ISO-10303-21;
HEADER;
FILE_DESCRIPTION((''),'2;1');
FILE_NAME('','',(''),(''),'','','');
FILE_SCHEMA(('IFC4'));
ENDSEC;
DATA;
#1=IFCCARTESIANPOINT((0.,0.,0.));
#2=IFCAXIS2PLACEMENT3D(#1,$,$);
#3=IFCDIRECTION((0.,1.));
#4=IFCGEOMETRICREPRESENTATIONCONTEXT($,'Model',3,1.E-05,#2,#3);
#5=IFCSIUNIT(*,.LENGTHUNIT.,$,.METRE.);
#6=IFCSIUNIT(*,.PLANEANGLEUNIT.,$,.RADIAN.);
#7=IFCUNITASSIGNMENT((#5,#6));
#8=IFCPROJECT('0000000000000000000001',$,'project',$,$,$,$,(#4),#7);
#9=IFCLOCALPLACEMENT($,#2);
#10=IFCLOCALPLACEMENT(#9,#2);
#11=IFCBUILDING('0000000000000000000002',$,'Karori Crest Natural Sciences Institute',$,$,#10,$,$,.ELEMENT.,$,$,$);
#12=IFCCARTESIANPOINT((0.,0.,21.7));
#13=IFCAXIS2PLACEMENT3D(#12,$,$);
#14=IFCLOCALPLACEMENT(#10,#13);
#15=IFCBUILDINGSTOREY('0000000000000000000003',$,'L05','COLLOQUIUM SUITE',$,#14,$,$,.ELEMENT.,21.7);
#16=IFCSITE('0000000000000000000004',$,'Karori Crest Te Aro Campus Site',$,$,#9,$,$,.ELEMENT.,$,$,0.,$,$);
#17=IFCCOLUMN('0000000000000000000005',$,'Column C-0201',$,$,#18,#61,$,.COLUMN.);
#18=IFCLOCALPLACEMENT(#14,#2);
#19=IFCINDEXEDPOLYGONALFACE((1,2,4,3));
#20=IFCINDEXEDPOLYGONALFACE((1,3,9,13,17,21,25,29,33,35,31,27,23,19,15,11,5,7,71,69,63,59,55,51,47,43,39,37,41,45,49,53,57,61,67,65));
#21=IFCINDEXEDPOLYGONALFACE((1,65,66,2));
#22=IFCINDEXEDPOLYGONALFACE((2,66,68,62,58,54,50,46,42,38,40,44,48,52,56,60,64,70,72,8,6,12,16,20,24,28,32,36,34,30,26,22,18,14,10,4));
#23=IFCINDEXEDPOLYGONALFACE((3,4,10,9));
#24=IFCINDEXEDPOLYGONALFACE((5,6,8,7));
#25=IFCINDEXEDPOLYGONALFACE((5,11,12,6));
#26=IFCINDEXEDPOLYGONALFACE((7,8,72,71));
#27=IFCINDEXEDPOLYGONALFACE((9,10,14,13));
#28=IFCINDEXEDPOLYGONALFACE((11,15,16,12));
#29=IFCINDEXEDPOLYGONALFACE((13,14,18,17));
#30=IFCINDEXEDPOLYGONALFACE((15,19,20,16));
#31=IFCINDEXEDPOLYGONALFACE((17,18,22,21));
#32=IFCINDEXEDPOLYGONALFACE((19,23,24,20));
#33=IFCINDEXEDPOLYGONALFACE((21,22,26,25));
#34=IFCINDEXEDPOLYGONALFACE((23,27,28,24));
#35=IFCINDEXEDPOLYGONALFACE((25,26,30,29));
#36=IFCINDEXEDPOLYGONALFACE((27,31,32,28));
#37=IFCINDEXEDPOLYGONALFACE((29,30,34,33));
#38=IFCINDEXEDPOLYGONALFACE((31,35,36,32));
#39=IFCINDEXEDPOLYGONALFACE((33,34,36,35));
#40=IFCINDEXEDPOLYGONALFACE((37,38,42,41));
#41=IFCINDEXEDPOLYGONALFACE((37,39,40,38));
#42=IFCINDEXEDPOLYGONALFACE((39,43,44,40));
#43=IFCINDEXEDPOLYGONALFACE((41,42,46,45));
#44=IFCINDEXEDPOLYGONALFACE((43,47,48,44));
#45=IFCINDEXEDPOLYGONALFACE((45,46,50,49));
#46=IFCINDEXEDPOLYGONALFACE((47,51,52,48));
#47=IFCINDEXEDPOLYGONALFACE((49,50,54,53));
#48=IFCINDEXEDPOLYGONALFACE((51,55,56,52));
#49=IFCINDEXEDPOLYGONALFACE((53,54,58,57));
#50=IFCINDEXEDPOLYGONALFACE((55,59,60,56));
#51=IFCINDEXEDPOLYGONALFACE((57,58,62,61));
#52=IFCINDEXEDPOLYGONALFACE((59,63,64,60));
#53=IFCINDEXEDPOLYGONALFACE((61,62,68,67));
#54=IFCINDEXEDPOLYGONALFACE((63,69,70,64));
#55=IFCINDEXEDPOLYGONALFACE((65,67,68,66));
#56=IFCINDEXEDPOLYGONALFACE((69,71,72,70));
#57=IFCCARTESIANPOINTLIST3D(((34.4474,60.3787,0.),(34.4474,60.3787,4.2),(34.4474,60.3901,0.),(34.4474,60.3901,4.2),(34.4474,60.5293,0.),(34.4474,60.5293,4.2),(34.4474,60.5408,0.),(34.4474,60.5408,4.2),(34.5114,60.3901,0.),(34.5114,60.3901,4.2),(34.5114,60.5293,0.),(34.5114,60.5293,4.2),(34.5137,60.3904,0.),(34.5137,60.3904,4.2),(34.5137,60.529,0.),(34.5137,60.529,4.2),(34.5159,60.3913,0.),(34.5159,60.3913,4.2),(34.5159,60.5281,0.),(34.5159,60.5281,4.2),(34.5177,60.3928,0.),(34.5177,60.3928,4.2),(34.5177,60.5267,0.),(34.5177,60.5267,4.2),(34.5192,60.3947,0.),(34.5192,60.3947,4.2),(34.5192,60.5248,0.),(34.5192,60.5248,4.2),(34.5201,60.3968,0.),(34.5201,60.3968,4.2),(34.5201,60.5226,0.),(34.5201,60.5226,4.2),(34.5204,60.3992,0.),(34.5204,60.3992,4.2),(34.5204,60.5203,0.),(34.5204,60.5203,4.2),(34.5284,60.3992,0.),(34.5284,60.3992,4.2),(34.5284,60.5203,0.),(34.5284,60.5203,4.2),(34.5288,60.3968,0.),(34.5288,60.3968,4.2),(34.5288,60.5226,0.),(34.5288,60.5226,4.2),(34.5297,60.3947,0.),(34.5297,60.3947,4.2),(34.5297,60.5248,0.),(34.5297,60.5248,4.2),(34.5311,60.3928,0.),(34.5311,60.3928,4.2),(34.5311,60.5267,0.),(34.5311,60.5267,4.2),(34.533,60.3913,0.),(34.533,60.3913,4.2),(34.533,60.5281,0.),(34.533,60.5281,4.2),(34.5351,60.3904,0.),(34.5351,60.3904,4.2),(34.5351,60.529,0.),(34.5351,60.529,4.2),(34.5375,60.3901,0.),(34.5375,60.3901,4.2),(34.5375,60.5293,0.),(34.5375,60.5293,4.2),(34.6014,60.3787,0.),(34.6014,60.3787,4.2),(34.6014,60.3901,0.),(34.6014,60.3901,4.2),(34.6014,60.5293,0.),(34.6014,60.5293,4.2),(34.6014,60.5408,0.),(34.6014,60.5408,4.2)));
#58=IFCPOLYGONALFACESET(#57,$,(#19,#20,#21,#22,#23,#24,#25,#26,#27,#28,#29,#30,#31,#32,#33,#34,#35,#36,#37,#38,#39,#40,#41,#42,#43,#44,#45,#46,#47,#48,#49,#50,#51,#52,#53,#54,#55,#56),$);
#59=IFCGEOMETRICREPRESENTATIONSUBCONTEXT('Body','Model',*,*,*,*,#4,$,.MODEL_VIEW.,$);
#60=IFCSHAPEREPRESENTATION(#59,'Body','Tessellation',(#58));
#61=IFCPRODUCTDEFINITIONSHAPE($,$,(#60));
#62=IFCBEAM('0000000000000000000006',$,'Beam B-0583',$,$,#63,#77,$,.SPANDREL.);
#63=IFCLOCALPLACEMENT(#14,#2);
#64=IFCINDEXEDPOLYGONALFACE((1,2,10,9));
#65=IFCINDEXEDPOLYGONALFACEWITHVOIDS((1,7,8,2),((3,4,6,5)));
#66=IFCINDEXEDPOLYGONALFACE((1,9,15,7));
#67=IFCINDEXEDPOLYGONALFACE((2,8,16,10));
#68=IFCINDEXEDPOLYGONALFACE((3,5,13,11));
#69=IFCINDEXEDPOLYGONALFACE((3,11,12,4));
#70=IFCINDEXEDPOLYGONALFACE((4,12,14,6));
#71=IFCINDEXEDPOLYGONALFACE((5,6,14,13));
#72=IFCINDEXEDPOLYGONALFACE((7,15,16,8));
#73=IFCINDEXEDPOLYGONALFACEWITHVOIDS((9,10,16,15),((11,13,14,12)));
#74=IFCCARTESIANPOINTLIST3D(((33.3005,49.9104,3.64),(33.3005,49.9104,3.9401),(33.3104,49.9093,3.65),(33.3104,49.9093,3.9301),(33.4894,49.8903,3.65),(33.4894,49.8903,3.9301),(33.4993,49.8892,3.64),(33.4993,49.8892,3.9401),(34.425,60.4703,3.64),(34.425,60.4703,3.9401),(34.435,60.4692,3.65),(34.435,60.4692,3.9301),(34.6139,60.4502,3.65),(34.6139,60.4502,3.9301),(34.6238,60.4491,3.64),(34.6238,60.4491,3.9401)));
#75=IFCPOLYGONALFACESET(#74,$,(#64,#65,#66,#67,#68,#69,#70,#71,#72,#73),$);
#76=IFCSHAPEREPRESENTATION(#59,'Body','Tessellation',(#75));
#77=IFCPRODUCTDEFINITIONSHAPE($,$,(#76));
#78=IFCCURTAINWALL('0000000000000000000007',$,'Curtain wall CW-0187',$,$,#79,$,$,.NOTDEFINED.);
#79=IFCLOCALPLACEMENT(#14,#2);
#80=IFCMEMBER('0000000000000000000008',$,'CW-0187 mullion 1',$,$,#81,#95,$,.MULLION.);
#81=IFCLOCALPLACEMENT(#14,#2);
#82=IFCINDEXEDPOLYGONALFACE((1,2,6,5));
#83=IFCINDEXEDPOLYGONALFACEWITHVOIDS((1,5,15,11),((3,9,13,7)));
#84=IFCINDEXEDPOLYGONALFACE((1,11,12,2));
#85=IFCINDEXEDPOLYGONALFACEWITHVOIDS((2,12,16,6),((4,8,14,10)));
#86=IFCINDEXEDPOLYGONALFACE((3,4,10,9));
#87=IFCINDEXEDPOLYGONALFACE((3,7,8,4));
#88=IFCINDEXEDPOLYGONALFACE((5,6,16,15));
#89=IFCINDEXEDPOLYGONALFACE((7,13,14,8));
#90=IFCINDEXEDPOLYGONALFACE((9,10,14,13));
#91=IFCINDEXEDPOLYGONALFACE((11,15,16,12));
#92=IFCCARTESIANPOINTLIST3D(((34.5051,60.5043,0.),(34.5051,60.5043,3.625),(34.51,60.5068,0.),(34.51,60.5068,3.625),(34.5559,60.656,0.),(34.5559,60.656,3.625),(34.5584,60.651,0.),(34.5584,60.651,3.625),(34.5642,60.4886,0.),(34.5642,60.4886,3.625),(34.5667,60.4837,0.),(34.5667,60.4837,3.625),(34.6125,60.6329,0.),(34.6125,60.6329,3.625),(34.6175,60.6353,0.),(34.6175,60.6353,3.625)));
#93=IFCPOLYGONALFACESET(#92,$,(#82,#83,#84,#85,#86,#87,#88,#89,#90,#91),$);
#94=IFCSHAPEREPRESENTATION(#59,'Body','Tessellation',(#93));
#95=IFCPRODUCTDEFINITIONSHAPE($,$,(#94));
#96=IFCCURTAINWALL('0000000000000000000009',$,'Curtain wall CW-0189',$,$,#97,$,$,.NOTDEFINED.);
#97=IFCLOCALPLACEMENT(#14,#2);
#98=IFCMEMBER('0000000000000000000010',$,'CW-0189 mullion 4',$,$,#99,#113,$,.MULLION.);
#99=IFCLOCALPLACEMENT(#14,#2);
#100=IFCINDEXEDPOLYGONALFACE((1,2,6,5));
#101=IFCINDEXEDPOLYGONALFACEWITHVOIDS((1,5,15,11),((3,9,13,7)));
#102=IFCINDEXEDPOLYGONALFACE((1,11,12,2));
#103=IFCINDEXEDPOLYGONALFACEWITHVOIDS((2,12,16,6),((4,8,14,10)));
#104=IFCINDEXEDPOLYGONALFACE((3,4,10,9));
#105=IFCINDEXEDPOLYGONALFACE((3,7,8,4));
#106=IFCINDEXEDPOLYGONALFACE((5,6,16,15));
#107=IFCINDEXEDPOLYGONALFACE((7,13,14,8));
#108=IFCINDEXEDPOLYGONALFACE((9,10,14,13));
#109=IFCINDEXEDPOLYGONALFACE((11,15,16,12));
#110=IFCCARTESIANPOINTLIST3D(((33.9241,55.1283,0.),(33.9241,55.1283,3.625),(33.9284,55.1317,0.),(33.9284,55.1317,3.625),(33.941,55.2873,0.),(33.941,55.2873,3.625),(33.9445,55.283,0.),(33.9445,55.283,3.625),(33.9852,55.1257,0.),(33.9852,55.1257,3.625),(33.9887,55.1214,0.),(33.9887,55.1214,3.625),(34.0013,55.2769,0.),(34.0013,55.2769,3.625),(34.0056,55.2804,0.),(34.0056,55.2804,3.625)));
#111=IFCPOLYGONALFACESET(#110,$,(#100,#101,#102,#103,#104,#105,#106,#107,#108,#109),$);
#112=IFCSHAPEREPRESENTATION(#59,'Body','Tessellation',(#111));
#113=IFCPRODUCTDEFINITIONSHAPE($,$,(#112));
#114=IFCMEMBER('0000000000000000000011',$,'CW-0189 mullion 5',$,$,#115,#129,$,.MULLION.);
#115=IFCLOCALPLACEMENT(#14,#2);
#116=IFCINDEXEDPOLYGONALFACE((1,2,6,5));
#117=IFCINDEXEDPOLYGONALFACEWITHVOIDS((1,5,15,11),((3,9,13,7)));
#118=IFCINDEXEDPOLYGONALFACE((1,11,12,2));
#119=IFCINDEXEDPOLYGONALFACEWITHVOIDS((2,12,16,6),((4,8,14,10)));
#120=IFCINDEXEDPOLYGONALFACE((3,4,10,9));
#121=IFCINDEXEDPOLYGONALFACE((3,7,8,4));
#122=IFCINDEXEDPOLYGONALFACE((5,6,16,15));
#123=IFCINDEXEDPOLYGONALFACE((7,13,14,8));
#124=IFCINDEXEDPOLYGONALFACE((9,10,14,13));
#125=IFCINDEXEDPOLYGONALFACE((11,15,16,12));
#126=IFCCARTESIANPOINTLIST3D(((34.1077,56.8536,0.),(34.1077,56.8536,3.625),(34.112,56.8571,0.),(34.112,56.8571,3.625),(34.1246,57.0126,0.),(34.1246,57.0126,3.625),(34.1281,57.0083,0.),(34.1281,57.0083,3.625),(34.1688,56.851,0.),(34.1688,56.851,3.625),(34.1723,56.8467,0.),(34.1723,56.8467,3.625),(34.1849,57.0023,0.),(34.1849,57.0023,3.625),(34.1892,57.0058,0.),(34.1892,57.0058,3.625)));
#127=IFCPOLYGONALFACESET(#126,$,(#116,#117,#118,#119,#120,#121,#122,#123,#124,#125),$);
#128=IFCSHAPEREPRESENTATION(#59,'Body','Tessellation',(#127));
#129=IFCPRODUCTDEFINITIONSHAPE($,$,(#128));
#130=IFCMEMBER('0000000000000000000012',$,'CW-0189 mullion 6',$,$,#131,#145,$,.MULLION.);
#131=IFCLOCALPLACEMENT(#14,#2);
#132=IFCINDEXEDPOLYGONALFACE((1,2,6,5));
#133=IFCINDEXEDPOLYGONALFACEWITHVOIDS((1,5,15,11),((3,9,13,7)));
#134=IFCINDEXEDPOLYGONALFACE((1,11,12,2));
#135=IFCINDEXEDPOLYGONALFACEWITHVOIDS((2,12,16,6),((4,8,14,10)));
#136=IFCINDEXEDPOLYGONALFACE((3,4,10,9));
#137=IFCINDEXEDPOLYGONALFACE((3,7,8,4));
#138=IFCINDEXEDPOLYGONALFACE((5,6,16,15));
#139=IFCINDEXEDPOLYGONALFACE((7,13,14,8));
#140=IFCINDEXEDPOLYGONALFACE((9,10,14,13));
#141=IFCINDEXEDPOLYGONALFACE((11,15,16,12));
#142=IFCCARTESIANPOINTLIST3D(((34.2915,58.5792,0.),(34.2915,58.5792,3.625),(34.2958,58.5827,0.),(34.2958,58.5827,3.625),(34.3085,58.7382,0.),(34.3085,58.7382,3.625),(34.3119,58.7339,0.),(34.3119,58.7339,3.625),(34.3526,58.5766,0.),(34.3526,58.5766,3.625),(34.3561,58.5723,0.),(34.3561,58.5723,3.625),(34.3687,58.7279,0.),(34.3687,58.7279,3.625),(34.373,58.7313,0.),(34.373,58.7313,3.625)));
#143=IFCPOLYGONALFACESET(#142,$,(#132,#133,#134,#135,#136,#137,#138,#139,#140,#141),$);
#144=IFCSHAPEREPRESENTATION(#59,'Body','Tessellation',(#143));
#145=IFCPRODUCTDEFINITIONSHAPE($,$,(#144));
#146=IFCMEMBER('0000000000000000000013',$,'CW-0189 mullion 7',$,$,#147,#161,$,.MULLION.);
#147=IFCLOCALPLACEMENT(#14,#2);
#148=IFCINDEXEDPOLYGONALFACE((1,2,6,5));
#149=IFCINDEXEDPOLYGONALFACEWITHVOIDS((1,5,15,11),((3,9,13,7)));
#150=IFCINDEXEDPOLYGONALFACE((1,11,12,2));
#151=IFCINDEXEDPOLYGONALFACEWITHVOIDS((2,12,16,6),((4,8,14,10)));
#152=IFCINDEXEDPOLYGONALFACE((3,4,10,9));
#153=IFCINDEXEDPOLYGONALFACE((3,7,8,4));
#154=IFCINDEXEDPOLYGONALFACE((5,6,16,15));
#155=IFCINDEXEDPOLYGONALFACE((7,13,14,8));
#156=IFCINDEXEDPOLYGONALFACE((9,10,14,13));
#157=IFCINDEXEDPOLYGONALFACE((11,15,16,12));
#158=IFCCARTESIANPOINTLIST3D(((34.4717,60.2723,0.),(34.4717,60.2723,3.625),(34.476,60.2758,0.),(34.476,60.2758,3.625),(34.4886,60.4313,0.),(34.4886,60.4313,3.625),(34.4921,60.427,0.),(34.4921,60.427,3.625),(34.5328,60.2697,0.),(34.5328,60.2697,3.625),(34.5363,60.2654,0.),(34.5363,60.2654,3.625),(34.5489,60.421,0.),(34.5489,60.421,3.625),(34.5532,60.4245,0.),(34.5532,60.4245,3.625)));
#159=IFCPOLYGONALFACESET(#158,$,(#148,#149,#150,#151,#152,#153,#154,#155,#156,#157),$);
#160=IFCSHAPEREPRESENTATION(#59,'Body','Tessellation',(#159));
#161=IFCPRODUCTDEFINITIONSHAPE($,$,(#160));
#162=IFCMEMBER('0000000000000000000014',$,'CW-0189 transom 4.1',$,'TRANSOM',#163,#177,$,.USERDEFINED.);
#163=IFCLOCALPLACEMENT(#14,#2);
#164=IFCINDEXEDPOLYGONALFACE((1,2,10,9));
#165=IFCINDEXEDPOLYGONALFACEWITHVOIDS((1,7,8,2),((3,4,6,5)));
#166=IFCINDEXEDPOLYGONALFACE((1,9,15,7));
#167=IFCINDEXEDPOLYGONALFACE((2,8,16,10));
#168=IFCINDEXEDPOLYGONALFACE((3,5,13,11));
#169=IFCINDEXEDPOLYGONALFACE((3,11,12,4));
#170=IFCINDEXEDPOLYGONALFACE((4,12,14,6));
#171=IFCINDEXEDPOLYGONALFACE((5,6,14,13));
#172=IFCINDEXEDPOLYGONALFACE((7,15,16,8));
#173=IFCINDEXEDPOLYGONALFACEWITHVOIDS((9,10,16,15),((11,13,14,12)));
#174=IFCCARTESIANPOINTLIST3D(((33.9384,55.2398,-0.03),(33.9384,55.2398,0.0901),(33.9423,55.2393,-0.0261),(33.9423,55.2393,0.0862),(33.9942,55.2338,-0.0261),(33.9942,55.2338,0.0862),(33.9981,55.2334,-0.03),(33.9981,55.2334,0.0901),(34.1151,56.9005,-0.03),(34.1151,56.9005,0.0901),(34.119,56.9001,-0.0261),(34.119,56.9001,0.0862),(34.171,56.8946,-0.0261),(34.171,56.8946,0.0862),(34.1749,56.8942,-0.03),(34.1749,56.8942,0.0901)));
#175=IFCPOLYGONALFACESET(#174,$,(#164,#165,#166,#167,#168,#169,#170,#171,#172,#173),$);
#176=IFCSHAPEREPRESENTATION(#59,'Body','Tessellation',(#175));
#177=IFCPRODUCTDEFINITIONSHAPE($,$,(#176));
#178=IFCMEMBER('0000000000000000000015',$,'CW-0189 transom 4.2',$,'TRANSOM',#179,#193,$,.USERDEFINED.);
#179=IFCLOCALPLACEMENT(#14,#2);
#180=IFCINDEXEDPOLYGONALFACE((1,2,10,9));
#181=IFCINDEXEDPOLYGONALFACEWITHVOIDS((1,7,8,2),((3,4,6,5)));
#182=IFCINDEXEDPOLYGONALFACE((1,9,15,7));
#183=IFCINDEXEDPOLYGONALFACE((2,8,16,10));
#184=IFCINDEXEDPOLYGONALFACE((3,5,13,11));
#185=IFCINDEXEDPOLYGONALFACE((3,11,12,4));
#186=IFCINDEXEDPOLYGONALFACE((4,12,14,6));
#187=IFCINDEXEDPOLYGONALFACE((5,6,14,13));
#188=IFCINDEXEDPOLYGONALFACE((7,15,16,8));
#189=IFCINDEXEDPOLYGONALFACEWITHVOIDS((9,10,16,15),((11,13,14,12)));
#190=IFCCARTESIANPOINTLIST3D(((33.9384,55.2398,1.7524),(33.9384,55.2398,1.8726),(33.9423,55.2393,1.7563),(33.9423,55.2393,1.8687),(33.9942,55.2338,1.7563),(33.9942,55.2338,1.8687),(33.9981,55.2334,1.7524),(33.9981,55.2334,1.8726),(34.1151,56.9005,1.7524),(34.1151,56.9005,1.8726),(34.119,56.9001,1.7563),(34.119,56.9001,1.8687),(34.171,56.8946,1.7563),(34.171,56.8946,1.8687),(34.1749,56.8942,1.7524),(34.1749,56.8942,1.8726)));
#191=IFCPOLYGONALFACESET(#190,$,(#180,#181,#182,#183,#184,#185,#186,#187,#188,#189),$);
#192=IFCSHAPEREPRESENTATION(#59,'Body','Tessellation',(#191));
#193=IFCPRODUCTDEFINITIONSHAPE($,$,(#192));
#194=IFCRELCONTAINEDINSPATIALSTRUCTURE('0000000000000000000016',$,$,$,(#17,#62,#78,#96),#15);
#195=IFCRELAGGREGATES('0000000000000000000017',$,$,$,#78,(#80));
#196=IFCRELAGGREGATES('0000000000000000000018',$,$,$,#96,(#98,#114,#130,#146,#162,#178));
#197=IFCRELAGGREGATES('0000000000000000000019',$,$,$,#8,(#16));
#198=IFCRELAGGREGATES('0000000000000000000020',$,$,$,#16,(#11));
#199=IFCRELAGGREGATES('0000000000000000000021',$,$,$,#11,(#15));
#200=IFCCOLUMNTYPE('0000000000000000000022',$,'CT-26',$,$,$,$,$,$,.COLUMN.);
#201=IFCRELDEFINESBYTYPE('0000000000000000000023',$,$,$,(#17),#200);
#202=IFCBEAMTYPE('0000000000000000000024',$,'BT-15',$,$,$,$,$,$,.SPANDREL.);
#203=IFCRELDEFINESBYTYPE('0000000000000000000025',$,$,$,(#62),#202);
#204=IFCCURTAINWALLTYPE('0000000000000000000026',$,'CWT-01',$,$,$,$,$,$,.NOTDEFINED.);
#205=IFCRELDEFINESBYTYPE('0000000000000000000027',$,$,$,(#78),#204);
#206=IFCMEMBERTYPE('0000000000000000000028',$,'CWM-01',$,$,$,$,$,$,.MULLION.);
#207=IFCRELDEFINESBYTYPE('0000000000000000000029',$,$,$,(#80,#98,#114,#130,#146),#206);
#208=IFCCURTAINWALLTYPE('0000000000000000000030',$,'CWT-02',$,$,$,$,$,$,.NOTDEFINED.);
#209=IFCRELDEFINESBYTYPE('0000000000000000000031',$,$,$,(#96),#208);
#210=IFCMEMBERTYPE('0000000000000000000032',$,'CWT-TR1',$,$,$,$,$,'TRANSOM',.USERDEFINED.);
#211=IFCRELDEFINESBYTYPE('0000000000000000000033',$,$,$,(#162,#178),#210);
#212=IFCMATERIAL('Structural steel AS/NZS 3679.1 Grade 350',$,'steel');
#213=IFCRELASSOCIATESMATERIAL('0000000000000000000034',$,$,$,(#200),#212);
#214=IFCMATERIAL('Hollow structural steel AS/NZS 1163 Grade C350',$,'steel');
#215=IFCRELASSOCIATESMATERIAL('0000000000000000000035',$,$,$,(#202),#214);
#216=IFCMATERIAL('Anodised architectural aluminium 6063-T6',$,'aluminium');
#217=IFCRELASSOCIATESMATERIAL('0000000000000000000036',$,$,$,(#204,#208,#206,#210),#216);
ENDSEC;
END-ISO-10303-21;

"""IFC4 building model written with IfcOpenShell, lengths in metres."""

from ifc_helpers import new_model, si_unit, direction, frame, origin, origin_2d, place, context, subcontext, project, spatial, hollow_rectangle, i_section, extrude, material, material_profile, profile_set, type_object, element, aggregate, save


model = new_model("IFC4")

# Units and contexts
model_context = context("Model", 3, precision=1e-05, world=origin(), true_north=direction((0.0, 1.0)))
body_context = subcontext(model_context, "Body", "Model", "MODEL_VIEW")
ifc_project = project(units=[si_unit("LENGTHUNIT", "METRE"), si_unit("PLANEANGLEUNIT", "RADIAN")], contexts=[model_context])

# Site, building, storey
site_placement = place(None, origin())
site = spatial("IfcSite", under=ifc_project, at=site_placement, Name="Karori Crest Te Aro Campus Site", CompositionType="ELEMENT", RefElevation=0.0)
building_placement = place(site_placement, origin())
building = spatial("IfcBuilding", under=site, at=building_placement, Name="Karori Crest Natural Sciences Institute", CompositionType="ELEMENT")
storey_placement = place(building_placement, frame((0.0, 0.0, 21.7)))
storey = spatial("IfcBuildingStorey", under=building, at=storey_placement, Name="L05", Description="COLLOQUIUM SUITE", CompositionType="ELEMENT", Elevation=21.7)

# Column
ifc_material_1 = material(Name="Structural steel AS/NZS 3679.1 Grade 350", Category="steel")
ifc_material_profile_1 = material_profile(ifc_material_1, i_section(OverallWidth=0.1541, OverallDepth=0.1621, WebThickness=0.0081, FlangeThickness=0.0115, FilletRadius=0.009, at=origin_2d()), Name="150UC37.2")
ifc_profile_set_1 = profile_set([ifc_material_profile_1], Name="Structural steel AS/NZS 3679.1 Grade 350")
column_type = type_object("IfcColumnType", Name="CT-26", PredefinedType="COLUMN", material=ifc_profile_set_1)
column_placement = place(storey_placement, frame((34.5244, 60.4597, 0.0), z_axis=(0.0, 0.0, 1.0), x_axis=(1.0, 0.0, 0.0)))
element("IfcColumn", 1, at=column_placement, inside=storey, type_object=column_type, Name="Column C-0201", PredefinedType="COLUMN", context=body_context, shape_type="SweptSolid", body=[
    extrude(i_section(OverallWidth=0.1541, OverallDepth=0.1621, WebThickness=0.0081, FlangeThickness=0.0115, FilletRadius=0.009, at=origin_2d()), origin(), (0.0, 0.0, 1.0), 4.2),
])

# Beam
ifc_material_2 = material(Name="Hollow structural steel AS/NZS 1163 Grade C350", Category="steel")
ifc_material_profile_2 = material_profile(ifc_material_2, hollow_rectangle(XDim=0.2, YDim=0.3, WallThickness=0.01, at=origin_2d()), Name="RHS300x200x10")
ifc_profile_set_2 = profile_set([ifc_material_profile_2], Name="Hollow structural steel AS/NZS 1163 Grade C350")
beam_type = type_object("IfcBeamType", Name="BT-15", PredefinedType="SPANDREL", material=ifc_profile_set_2)
beam_placement = place(storey_placement, frame((34.5244, 60.4597, 3.79), z_axis=(-0.105891, -0.994378, 0.0), x_axis=(0.994378, -0.105891, 0.0)))
element("IfcBeam", 2, at=beam_placement, inside=storey, type_object=beam_type, Name="Beam B-0583", PredefinedType="SPANDREL", context=body_context, shape_type="SweptSolid", body=[
    extrude(hollow_rectangle(XDim=0.2, YDim=0.3, WallThickness=0.01, at=origin_2d()), origin(), (0.0, 0.0, 1.0), 10.6196),
])

# Curtain wall, member
ifc_material_3 = material(Name="Anodised architectural aluminium 6063-T6", Category="aluminium")
curtain_wall_type_1 = type_object("IfcCurtainWallType", Name="CWT-01", PredefinedType="NOTDEFINED", material=ifc_material_3)
curtain_wall_1_placement = place(storey_placement, origin())
curtain_wall_1 = element("IfcCurtainWall", 3, at=curtain_wall_1_placement, inside=storey, type_object=curtain_wall_type_1, Name="Curtain wall CW-0187", PredefinedType="NOTDEFINED")
ifc_material_profile_3 = material_profile(ifc_material_3, hollow_rectangle(XDim=0.0649, YDim=0.1599, WallThickness=0.0039, at=origin_2d()), Name="CWM160x65x4")
ifc_profile_set_3 = profile_set([ifc_material_profile_3], Name="Anodised architectural aluminium 6063-T6")
member_type_1 = type_object("IfcMemberType", Name="CWM-01", PredefinedType="MULLION", material=ifc_profile_set_3)
member_1_placement = place(storey_placement, frame((34.5613, 60.5698, 0.0), z_axis=(0.0, 0.0, 1.0), x_axis=(-0.948198, 0.31768, 0.0)))
member_1 = element("IfcMember", 4, at=member_1_placement, type_object=member_type_1, Name="CW-0187 mullion 1", PredefinedType="MULLION", context=body_context, shape_type="SweptSolid", body=[
    extrude(hollow_rectangle(XDim=0.0649, YDim=0.1599, WallThickness=0.0039, at=origin_2d()), origin(), (0.0, 0.0, 1.0), 3.625),
])
aggregate(curtain_wall_1, [member_1])

# Curtain wall, members
curtain_wall_type_2 = type_object("IfcCurtainWallType", Name="CWT-02", PredefinedType="NOTDEFINED", material=ifc_material_3)
curtain_wall_2_placement = place(storey_placement, origin())
curtain_wall_2 = element("IfcCurtainWall", 5, at=curtain_wall_2_placement, inside=storey, type_object=curtain_wall_type_2, Name="Curtain wall CW-0189", PredefinedType="NOTDEFINED")
member_2_placement = place(storey_placement, frame((33.9648, 55.2043, 0.0), z_axis=(0.0, 0.0, 1.0), x_axis=(-0.994378, 0.105886, 0.0)))
member_2 = element("IfcMember", 6, at=member_2_placement, type_object=member_type_1, Name="CW-0189 mullion 4", PredefinedType="MULLION", context=body_context, shape_type="SweptSolid", body=[
    extrude(hollow_rectangle(XDim=0.0649, YDim=0.1599, WallThickness=0.0039, at=origin_2d()), origin(), (0.0, 0.0, 1.0), 3.625),
])
member_3_placement = place(storey_placement, frame((34.1484, 56.9297, 0.0), z_axis=(0.0, 0.0, 1.0), x_axis=(-0.994378, 0.105886, 0.0)))
member_3 = element("IfcMember", 7, at=member_3_placement, type_object=member_type_1, Name="CW-0189 mullion 5", PredefinedType="MULLION", context=body_context, shape_type="SweptSolid", body=[
    extrude(hollow_rectangle(XDim=0.0649, YDim=0.1599, WallThickness=0.0039, at=origin_2d()), origin(), (0.0, 0.0, 1.0), 3.625),
])
member_4_placement = place(storey_placement, frame((34.3323, 58.6553, 0.0), z_axis=(0.0, 0.0, 1.0), x_axis=(-0.994378, 0.105886, 0.0)))
member_4 = element("IfcMember", 8, at=member_4_placement, type_object=member_type_1, Name="CW-0189 mullion 6", PredefinedType="MULLION", context=body_context, shape_type="SweptSolid", body=[
    extrude(hollow_rectangle(XDim=0.0649, YDim=0.1599, WallThickness=0.0039, at=origin_2d()), origin(), (0.0, 0.0, 1.0), 3.625),
])
member_5_placement = place(storey_placement, frame((34.5125, 60.3484, 0.0), z_axis=(0.0, 0.0, 1.0), x_axis=(-0.994378, 0.105886, 0.0)))
member_5 = element("IfcMember", 9, at=member_5_placement, type_object=member_type_1, Name="CW-0189 mullion 7", PredefinedType="MULLION", context=body_context, shape_type="SweptSolid", body=[
    extrude(hollow_rectangle(XDim=0.0649, YDim=0.1599, WallThickness=0.0039, at=origin_2d()), origin(), (0.0, 0.0, 1.0), 3.625),
])
ifc_material_profile_4 = material_profile(ifc_material_3, hollow_rectangle(XDim=0.0601, YDim=0.1201, WallThickness=0.0039, at=origin_2d()), Name="CWT120x60x4")
ifc_profile_set_4 = profile_set([ifc_material_profile_4], Name="Anodised architectural aluminium 6063-T6")
member_type_2 = type_object("IfcMemberType", Name="CWT-TR1", ElementType="TRANSOM", PredefinedType="USERDEFINED", material=ifc_profile_set_4)
member_6_placement = place(storey_placement, frame((33.9683, 55.2366, 0.03), z_axis=(0.105826, 0.994385, 0.0), x_axis=(-0.994385, 0.105826, 0.0)))
member_6 = element("IfcMember", 10, at=member_6_placement, type_object=member_type_2, Name="CW-0189 transom 4.1", ObjectType="TRANSOM", PredefinedType="USERDEFINED", context=body_context, shape_type="SweptSolid", body=[
    extrude(hollow_rectangle(XDim=0.0601, YDim=0.1201, WallThickness=0.0039, at=origin_2d()), origin(), (0.0, 0.0, 1.0), 1.6702),
])
member_7_placement = place(storey_placement, frame((33.9683, 55.2366, 1.8125), z_axis=(0.105826, 0.994385, 0.0), x_axis=(-0.994385, 0.105826, 0.0)))
member_7 = element("IfcMember", 11, at=member_7_placement, type_object=member_type_2, Name="CW-0189 transom 4.2", ObjectType="TRANSOM", PredefinedType="USERDEFINED", context=body_context, shape_type="SweptSolid", body=[
    extrude(hollow_rectangle(XDim=0.0601, YDim=0.1201, WallThickness=0.0039, at=origin_2d()), origin(), (0.0, 0.0, 1.0), 1.6702),
])

aggregate(curtain_wall_2, [member_2, member_3, member_4, member_5, member_6, member_7])

save(model, "model.ifc")
